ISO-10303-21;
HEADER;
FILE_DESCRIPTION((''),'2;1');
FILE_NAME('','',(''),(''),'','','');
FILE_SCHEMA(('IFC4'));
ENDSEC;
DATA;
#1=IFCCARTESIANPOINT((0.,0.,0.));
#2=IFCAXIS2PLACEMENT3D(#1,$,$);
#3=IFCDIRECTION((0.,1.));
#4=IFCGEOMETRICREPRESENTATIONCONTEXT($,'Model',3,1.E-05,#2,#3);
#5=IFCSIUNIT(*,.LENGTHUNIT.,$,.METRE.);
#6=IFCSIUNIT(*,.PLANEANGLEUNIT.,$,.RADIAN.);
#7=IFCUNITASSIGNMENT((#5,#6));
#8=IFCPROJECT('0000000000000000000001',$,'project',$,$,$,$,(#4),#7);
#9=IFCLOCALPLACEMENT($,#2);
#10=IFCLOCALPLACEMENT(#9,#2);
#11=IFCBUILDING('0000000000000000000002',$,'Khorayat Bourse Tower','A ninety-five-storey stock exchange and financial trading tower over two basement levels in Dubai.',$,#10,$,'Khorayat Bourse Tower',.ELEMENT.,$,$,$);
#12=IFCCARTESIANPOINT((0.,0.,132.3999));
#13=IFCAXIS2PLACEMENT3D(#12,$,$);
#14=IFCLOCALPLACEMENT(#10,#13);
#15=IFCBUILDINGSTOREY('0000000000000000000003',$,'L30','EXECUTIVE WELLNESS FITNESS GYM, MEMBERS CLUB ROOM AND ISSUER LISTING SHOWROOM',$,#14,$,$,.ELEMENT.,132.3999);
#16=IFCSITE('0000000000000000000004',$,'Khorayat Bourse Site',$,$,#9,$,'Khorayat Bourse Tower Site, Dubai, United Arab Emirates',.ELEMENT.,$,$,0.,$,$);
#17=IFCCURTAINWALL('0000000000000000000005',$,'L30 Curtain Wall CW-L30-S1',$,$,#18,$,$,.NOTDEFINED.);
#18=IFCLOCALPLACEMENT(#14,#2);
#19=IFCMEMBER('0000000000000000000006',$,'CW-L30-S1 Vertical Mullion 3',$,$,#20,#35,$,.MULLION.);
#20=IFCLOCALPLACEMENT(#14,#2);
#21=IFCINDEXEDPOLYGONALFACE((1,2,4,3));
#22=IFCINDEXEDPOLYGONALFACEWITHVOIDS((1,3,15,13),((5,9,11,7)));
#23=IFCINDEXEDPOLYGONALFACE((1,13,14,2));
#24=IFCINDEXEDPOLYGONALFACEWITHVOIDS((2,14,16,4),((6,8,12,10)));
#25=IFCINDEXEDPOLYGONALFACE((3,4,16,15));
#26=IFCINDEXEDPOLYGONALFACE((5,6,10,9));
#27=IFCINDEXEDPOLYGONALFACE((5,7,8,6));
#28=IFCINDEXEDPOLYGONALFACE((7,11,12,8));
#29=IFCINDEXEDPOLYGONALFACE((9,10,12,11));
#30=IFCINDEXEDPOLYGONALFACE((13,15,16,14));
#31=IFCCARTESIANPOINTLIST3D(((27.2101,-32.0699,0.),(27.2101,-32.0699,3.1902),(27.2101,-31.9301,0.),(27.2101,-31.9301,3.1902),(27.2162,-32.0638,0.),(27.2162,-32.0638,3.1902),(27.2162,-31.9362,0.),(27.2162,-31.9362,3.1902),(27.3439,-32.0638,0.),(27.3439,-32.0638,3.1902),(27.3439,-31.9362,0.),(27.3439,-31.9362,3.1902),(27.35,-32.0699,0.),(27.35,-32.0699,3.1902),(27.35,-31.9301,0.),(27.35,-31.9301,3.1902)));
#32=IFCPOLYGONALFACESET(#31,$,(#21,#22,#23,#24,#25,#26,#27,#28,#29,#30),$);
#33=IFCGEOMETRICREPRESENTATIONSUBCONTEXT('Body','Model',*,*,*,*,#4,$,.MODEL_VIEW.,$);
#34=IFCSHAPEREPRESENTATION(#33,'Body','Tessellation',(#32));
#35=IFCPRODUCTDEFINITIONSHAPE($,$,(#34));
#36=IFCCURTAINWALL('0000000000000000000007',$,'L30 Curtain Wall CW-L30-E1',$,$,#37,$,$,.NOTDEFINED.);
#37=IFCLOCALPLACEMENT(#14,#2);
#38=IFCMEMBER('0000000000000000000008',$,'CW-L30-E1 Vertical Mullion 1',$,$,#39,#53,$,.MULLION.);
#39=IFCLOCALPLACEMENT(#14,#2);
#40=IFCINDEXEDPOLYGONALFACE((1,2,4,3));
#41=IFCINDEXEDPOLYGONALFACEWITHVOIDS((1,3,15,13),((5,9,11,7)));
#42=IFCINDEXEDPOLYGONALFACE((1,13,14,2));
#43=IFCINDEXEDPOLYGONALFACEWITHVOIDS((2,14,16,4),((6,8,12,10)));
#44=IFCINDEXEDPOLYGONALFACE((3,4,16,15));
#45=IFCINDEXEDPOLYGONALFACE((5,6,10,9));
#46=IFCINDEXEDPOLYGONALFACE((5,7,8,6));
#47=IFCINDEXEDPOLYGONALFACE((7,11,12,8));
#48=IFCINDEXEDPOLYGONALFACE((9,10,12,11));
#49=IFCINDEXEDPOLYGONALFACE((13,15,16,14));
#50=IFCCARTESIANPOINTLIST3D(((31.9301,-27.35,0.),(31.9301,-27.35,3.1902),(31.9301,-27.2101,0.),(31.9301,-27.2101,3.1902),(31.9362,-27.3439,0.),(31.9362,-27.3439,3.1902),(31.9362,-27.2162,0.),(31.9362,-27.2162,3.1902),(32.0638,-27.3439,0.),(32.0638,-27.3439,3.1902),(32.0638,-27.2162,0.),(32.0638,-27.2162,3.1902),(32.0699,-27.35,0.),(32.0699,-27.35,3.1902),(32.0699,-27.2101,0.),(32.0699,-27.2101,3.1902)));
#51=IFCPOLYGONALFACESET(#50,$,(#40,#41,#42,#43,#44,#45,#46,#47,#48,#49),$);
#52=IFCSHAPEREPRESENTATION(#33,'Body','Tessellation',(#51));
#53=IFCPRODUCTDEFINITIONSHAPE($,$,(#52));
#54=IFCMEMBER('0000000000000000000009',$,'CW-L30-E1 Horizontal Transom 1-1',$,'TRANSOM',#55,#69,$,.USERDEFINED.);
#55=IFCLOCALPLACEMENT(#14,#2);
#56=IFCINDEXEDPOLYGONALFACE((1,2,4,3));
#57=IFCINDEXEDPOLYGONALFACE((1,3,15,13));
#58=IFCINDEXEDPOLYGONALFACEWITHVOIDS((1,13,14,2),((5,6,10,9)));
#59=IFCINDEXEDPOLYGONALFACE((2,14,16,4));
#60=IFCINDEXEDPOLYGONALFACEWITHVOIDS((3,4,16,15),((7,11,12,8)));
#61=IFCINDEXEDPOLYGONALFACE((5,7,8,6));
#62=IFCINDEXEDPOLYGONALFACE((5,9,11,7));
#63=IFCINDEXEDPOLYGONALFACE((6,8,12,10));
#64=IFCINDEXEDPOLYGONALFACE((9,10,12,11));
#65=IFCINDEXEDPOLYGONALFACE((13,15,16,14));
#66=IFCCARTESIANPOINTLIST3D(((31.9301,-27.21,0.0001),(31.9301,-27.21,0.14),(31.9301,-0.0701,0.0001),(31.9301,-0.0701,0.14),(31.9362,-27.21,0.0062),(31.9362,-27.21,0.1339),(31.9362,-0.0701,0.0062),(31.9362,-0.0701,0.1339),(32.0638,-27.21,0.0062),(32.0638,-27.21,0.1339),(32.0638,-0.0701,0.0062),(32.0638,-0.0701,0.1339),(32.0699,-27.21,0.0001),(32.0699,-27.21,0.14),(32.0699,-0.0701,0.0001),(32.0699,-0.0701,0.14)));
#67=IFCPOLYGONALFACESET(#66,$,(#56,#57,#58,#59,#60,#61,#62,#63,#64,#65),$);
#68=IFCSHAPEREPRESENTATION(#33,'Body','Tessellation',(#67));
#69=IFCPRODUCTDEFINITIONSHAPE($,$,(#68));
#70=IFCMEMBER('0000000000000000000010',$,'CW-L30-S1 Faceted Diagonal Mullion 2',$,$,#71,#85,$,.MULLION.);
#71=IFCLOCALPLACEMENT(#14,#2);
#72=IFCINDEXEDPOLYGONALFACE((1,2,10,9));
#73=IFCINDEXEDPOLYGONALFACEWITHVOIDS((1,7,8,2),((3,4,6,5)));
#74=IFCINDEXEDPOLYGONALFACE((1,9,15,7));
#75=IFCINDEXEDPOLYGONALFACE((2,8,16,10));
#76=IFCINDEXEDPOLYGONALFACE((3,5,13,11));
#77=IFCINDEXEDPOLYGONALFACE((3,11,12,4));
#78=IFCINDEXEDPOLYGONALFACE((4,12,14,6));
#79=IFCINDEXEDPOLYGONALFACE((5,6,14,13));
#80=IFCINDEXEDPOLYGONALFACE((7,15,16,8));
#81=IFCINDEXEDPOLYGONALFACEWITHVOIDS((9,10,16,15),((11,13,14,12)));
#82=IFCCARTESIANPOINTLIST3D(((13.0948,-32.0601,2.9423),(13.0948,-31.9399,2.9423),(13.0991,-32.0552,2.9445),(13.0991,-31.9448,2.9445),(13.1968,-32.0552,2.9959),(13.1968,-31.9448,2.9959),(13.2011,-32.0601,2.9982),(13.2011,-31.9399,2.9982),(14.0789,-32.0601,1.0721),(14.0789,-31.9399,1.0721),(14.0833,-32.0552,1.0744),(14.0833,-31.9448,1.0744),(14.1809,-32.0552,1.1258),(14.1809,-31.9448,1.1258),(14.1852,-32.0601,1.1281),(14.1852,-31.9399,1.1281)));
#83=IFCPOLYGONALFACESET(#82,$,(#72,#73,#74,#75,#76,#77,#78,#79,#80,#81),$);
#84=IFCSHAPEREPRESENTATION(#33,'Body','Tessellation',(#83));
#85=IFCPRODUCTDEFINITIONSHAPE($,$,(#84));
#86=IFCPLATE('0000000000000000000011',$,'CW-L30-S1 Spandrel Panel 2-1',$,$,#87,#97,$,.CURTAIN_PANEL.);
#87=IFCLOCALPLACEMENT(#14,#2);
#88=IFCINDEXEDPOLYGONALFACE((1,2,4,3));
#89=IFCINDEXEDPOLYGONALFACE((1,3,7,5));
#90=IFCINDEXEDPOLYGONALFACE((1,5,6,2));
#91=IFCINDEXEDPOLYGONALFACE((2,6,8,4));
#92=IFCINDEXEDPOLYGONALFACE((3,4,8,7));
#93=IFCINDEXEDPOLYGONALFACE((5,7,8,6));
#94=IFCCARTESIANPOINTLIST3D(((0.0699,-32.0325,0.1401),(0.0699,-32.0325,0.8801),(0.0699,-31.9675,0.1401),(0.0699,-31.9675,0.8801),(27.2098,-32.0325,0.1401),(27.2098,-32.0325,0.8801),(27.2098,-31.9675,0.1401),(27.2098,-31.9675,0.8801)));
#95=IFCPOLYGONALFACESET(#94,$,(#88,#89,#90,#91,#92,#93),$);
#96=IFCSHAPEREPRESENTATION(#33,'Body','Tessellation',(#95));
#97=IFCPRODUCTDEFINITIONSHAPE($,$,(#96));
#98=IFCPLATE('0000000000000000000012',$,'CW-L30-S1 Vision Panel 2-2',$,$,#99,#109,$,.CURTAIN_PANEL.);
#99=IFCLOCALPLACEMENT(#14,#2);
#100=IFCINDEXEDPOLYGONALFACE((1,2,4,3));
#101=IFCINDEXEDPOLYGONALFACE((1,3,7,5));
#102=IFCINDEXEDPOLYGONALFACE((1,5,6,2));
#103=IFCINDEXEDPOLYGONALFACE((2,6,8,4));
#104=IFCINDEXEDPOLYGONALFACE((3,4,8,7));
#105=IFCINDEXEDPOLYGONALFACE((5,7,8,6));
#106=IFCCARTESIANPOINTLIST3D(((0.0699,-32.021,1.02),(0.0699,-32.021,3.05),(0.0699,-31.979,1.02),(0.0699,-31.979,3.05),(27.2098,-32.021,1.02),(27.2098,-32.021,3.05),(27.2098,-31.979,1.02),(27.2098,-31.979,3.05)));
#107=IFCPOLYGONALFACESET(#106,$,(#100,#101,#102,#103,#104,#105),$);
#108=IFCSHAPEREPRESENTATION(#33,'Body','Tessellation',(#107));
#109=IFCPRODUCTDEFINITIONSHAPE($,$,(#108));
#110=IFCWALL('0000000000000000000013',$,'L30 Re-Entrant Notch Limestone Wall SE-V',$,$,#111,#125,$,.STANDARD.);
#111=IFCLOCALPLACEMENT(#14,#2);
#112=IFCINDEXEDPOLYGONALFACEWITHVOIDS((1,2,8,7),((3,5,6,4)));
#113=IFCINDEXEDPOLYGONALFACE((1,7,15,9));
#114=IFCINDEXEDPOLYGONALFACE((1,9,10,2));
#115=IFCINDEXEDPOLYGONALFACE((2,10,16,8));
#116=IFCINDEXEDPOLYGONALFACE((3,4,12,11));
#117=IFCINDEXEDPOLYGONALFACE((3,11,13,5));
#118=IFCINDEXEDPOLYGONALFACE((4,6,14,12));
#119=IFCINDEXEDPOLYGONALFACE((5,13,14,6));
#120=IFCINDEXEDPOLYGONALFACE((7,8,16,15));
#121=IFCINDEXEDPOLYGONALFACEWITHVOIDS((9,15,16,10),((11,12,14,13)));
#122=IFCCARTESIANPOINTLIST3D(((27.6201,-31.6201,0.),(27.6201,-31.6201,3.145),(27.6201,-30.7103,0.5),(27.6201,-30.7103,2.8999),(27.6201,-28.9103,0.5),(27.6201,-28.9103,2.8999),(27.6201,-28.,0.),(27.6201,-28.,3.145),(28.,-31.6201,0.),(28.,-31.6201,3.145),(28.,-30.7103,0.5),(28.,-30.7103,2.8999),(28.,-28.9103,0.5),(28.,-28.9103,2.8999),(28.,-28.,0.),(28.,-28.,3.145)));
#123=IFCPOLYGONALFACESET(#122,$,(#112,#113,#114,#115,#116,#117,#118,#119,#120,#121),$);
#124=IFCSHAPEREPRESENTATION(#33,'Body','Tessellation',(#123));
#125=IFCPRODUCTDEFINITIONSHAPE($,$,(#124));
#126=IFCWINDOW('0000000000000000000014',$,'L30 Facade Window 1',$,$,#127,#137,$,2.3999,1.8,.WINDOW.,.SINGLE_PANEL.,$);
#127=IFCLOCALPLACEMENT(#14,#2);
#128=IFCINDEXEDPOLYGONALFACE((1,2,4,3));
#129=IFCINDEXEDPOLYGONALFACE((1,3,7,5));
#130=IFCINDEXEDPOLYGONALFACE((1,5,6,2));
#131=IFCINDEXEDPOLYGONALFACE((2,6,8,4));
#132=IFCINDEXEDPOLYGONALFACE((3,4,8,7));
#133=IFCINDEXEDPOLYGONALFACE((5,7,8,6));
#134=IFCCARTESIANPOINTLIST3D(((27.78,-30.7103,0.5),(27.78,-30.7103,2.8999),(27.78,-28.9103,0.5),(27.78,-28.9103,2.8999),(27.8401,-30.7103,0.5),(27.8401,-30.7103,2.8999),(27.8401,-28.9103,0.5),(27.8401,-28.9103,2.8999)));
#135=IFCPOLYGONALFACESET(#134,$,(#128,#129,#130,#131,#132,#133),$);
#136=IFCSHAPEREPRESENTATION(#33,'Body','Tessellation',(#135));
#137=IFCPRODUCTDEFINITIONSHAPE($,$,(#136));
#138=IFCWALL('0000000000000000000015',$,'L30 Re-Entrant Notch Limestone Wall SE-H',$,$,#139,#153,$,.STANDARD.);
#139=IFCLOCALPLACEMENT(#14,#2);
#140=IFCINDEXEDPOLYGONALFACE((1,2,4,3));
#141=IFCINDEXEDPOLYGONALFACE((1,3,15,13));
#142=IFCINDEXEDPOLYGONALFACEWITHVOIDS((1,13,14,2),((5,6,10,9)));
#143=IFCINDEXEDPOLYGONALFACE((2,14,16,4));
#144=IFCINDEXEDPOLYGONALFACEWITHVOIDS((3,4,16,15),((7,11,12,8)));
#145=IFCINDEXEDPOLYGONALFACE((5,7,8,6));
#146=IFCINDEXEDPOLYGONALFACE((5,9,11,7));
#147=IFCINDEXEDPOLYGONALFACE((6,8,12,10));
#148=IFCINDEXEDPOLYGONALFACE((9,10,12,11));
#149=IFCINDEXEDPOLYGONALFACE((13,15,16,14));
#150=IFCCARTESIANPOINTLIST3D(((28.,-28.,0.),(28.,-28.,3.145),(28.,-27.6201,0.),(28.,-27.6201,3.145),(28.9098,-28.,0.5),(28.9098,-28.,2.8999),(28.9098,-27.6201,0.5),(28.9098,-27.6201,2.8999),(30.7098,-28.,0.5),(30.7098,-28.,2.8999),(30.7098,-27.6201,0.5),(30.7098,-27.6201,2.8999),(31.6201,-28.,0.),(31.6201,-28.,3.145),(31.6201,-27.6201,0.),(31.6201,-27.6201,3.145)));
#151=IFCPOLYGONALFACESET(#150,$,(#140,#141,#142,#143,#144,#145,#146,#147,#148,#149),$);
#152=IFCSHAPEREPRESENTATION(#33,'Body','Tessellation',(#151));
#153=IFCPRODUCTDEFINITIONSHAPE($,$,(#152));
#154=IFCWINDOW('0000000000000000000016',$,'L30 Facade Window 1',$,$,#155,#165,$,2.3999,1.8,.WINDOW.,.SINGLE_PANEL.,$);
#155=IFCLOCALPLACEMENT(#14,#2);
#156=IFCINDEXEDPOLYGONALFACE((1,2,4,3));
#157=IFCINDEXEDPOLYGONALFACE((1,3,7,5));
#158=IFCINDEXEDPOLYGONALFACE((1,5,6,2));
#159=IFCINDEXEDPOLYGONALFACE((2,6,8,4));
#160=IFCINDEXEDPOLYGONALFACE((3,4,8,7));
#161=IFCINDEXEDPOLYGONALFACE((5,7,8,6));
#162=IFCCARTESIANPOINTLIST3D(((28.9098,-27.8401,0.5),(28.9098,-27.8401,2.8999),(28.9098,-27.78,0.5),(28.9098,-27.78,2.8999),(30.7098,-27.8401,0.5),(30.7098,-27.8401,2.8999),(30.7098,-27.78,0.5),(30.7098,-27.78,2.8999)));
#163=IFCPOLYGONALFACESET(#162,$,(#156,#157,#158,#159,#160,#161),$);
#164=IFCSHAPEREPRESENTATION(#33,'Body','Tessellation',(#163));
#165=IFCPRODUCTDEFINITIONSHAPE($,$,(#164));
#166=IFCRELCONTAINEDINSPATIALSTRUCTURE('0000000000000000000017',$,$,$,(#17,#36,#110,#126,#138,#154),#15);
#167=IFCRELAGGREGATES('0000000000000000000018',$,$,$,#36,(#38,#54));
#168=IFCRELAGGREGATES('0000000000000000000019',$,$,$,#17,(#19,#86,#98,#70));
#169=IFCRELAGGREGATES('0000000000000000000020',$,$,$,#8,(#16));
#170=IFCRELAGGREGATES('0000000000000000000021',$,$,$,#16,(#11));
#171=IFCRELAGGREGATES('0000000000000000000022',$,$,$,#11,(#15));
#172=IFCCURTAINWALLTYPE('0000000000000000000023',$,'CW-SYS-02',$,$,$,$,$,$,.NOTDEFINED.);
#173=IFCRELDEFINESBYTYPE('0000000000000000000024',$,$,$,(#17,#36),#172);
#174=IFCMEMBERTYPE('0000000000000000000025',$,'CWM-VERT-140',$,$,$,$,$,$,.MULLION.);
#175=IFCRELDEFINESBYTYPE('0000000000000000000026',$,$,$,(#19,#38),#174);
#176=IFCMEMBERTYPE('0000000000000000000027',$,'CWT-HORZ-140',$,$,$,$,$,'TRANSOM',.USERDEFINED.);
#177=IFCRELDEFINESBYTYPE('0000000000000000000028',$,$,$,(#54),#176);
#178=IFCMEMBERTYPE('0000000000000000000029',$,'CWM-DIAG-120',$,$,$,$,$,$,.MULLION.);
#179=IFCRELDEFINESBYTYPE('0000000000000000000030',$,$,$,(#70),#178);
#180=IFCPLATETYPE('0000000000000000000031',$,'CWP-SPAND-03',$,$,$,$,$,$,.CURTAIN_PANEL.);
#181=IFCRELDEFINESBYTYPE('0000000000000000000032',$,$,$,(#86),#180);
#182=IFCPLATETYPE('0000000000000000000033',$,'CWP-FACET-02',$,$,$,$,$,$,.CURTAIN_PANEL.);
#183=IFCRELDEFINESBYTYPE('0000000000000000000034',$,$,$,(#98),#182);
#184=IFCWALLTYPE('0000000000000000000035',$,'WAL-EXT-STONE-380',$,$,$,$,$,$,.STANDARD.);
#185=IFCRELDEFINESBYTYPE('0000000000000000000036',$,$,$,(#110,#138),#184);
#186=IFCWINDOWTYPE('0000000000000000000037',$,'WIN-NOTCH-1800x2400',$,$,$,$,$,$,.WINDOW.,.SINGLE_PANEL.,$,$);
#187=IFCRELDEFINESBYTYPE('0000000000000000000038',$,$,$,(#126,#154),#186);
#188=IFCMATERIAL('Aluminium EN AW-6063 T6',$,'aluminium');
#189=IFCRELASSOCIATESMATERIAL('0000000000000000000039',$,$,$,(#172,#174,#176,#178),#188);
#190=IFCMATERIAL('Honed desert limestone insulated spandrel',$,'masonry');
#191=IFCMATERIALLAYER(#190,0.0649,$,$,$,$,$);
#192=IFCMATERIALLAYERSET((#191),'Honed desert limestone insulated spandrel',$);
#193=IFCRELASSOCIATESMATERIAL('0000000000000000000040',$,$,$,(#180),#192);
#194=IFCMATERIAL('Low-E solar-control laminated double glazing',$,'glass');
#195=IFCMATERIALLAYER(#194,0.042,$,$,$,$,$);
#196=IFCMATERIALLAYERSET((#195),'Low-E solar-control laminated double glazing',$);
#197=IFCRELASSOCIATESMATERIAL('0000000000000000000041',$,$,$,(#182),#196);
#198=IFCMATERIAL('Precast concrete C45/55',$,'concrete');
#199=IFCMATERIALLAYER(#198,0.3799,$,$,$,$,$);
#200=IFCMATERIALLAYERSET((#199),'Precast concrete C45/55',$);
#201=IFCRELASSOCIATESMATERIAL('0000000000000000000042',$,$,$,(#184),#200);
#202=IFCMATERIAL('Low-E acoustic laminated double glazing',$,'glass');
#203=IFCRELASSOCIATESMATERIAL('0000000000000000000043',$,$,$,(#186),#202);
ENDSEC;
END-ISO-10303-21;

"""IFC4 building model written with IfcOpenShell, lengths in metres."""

from ifc_helpers import new_model, si_unit, direction, frame, frame_2d, origin, origin_2d, place, context, subcontext, project, spatial, rectangle, hollow_rectangle, extrude, source, transform, mapped, material, layer, layer_set, material_profile, profile_set, type_object, element, fill, aggregate, save


model = new_model("IFC4")

# Units and contexts
model_context = context("Model", 3, precision=1e-05, world=origin(), true_north=direction((0.0, 1.0)))
body_context = subcontext(model_context, "Body", "Model", "MODEL_VIEW")
ifc_project = project(units=[si_unit("LENGTHUNIT", "METRE"), si_unit("PLANEANGLEUNIT", "RADIAN")], contexts=[model_context])

# Site, building, storey
site_placement = place(None, origin())
site = spatial("IfcSite", under=ifc_project, at=site_placement, Name="Khorayat Bourse Site", LongName="Khorayat Bourse Tower Site, Dubai, United Arab Emirates", CompositionType="ELEMENT", RefElevation=0.0)
building_placement = place(site_placement, origin())
building = spatial("IfcBuilding", under=site, at=building_placement, Name="Khorayat Bourse Tower", Description="A ninety-five-storey stock exchange and financial trading tower over two basement levels in Dubai.", LongName="Khorayat Bourse Tower", CompositionType="ELEMENT")
storey_placement = place(building_placement, frame((0.0, 0.0, 132.3999)))
storey = spatial("IfcBuildingStorey", under=building, at=storey_placement, Name="L30", Description="EXECUTIVE WELLNESS FITNESS GYM, MEMBERS CLUB ROOM AND ISSUER LISTING SHOWROOM", CompositionType="ELEMENT", Elevation=132.3999)

# Curtain wall, member
ifc_material_1 = material(Name="Aluminium EN AW-6063 T6", Category="aluminium")
curtain_wall_type = type_object("IfcCurtainWallType", Name="CW-SYS-02", PredefinedType="NOTDEFINED", material=ifc_material_1)
curtain_wall_1_placement = place(storey_placement, origin())
curtain_wall_1 = element("IfcCurtainWall", 1, at=curtain_wall_1_placement, inside=storey, type_object=curtain_wall_type, Name="L30 Curtain Wall CW-L30-S1", PredefinedType="NOTDEFINED")
ifc_material_profile_1 = material_profile(ifc_material_1, hollow_rectangle(XDim=0.1399, YDim=0.1399, WallThickness=0.0061, at=origin_2d()), Name="ALU 140x140x6")
ifc_profile_set_1 = profile_set([ifc_material_profile_1], Name="Aluminium EN AW-6063 T6")
member_type_1 = type_object("IfcMemberType", Name="CWM-VERT-140", PredefinedType="MULLION", material=ifc_profile_set_1)
shared_shape_1 = source(origin(), body_context, "Body", "SweptSolid", [
    extrude(hollow_rectangle(XDim=0.1399, YDim=0.1399, WallThickness=0.0061, at=origin_2d()), origin(), (0.0, 0.0, 1.0), 3.1902),
])
member_1_placement = place(storey_placement, frame((27.28, -32.0, 0.0), z_axis=(0.0, 0.0, 1.0), x_axis=(0.0, 1.0, 0.0)))
member_1 = element("IfcMember", 2, at=member_1_placement, type_object=member_type_1, Name="CW-L30-S1 Vertical Mullion 3", PredefinedType="MULLION", context=body_context, shape_type="MappedRepresentation", body=[
    mapped(shared_shape_1, transform((0.0, 0.0, 0.0), scale=1.0)),
])

# Curtain wall, members
curtain_wall_2_placement = place(storey_placement, origin())
curtain_wall_2 = element("IfcCurtainWall", 3, at=curtain_wall_2_placement, inside=storey, type_object=curtain_wall_type, Name="L30 Curtain Wall CW-L30-E1", PredefinedType="NOTDEFINED")
member_2_placement = place(storey_placement, frame((32.0, -27.28, 0.0), z_axis=(0.0, 0.0, 1.0), x_axis=(-1.0, 0.0, 0.0)))
member_2 = element("IfcMember", 4, at=member_2_placement, type_object=member_type_1, Name="CW-L30-E1 Vertical Mullion 1", PredefinedType="MULLION", context=body_context, shape_type="MappedRepresentation", body=[
    mapped(shared_shape_1, transform((0.0, 0.0, 0.0), scale=1.0)),
])
ifc_material_profile_2 = material_profile(ifc_material_1, hollow_rectangle(XDim=0.1399, YDim=0.1399, WallThickness=0.0061, at=origin_2d()), Name="ALU 140x140x6")
ifc_profile_set_2 = profile_set([ifc_material_profile_2], Name="Aluminium EN AW-6063 T6")
member_type_2 = type_object("IfcMemberType", Name="CWT-HORZ-140", ElementType="TRANSOM", PredefinedType="USERDEFINED", material=ifc_profile_set_2)
shared_shape_2 = source(origin(), body_context, "Body", "SweptSolid", [
    extrude(hollow_rectangle(XDim=0.1399, YDim=0.1399, WallThickness=0.0061, at=origin_2d()), origin(), (0.0, 0.0, 1.0), 27.1399),
])
member_3_placement = place(storey_placement, frame((32.0, -27.21, 0.0701), z_axis=(0.0, 1.0, 0.0), x_axis=(-1.0, 0.0, 0.0)))
member_3 = element("IfcMember", 5, at=member_3_placement, type_object=member_type_2, Name="CW-L30-E1 Horizontal Transom 1-1", ObjectType="TRANSOM", PredefinedType="USERDEFINED", context=body_context, shape_type="MappedRepresentation", body=[
    mapped(shared_shape_2, transform((0.0, 0.0, 0.0), scale=1.0)),
])
aggregate(curtain_wall_2, [member_2, member_3])

# Member
ifc_material_profile_3 = material_profile(ifc_material_1, hollow_rectangle(XDim=0.1201, YDim=0.1201, WallThickness=0.0049, at=origin_2d()), Name="ALU 120x120x5")
ifc_profile_set_3 = profile_set([ifc_material_profile_3], Name="Aluminium EN AW-6063 T6")
member_type_3 = type_object("IfcMemberType", Name="CWM-DIAG-120", PredefinedType="MULLION", material=ifc_profile_set_3)
shared_shape_3 = source(origin(), body_context, "Body", "SweptSolid", [
    extrude(hollow_rectangle(XDim=0.1201, YDim=0.1201, WallThickness=0.0049, at=origin_2d()), origin(), (0.0, 0.0, 1.0), 2.1133),
])
member_4_placement = place(storey_placement, frame((14.1321, -32.0, 1.1001), z_axis=(-0.465694, 0.0, 0.884946), x_axis=(0.0, -1.0, 0.0)))
member_4 = element("IfcMember", 6, at=member_4_placement, type_object=member_type_3, Name="CW-L30-S1 Faceted Diagonal Mullion 2", PredefinedType="MULLION", context=body_context, shape_type="MappedRepresentation", body=[
    mapped(shared_shape_3, transform((0.0, 0.0, 0.0), scale=1.0)),
])

# Plates
ifc_material_2 = material(Name="Honed desert limestone insulated spandrel", Category="masonry")
ifc_layer_1 = layer(ifc_material_2, 0.0649)
ifc_layer_set_1 = layer_set([ifc_layer_1], Name="Honed desert limestone insulated spandrel")
plate_type_1 = type_object("IfcPlateType", Name="CWP-SPAND-03", PredefinedType="CURTAIN_PANEL", material=ifc_layer_set_1)
shared_shape_4 = source(origin(), body_context, "Body", "SweptSolid", [
    extrude(rectangle(XDim=27.1399, YDim=0.0649, at=origin_2d()), origin(), (0.0, 0.0, 1.0), 0.74),
])
plate_1_placement = place(storey_placement, frame((13.6399, -32.0, 0.1401), z_axis=(0.0, 0.0, 1.0), x_axis=(1.0, 0.0, 0.0)))
plate_1 = element("IfcPlate", 7, at=plate_1_placement, type_object=plate_type_1, Name="CW-L30-S1 Spandrel Panel 2-1", PredefinedType="CURTAIN_PANEL", context=body_context, shape_type="MappedRepresentation", body=[
    mapped(shared_shape_4, transform((0.0, 0.0, 0.0), scale=1.0)),
])
ifc_material_3 = material(Name="Low-E solar-control laminated double glazing", Category="glass")
ifc_layer_2 = layer(ifc_material_3, 0.042)
ifc_layer_set_2 = layer_set([ifc_layer_2], Name="Low-E solar-control laminated double glazing")
plate_type_2 = type_object("IfcPlateType", Name="CWP-FACET-02", PredefinedType="CURTAIN_PANEL", material=ifc_layer_set_2)
shared_shape_5 = source(origin(), body_context, "Body", "SweptSolid", [
    extrude(rectangle(XDim=27.1399, YDim=0.042, at=origin_2d()), origin(), (0.0, 0.0, 1.0), 2.03),
])
plate_2_placement = place(storey_placement, frame((13.6399, -32.0, 1.02), z_axis=(0.0, 0.0, 1.0), x_axis=(1.0, 0.0, 0.0)))
plate_2 = element("IfcPlate", 8, at=plate_2_placement, type_object=plate_type_2, Name="CW-L30-S1 Vision Panel 2-2", PredefinedType="CURTAIN_PANEL", context=body_context, shape_type="MappedRepresentation", body=[
    mapped(shared_shape_5, transform((0.0, 0.0, 0.0), scale=1.0)),
])
aggregate(curtain_wall_1, [member_1, plate_1, plate_2, member_4])

# Walls, openings, windows
ifc_material_4 = material(Name="Precast concrete C45/55", Category="concrete")
ifc_layer_3 = layer(ifc_material_4, 0.3799)
ifc_layer_set_3 = layer_set([ifc_layer_3], Name="Precast concrete C45/55")
wall_type_1 = type_object("IfcWallType", Name="WAL-EXT-STONE-380", PredefinedType="STANDARD", material=ifc_layer_set_3)
shared_shape_6 = source(origin(), body_context, "Body", "SweptSolid", [
    extrude(rectangle(XDim=3.6201, YDim=0.3799, at=frame_2d((1.8101, 0.0))), origin(), (0.0, 0.0, 1.0), 3.145),
])
wall_1_placement = place(storey_placement, frame((27.8101, -31.6201, 0.0), z_axis=(0.0, 0.0, 1.0), x_axis=(0.0, 1.0, 0.0)))
wall_1 = element("IfcWall", 9, at=wall_1_placement, inside=storey, type_object=wall_type_1, Name="L30 Re-Entrant Notch Limestone Wall SE-V", PredefinedType="STANDARD", context=body_context, shape_type="MappedRepresentation", body=[
    mapped(shared_shape_6, transform((0.0, 0.0, 0.0), scale=1.0)),
])
shared_shape_7 = source(origin(), body_context, "Body", "SweptSolid", [
    extrude(rectangle(XDim=1.8, YDim=2.3999, at=frame_2d((0.8999, 1.2))), frame((0.0, 0.2, 0.0), z_axis=(0.0, -1.0, 0.0), x_axis=(1.0, 0.0, 0.0)), (0.0, 0.0, 1.0), 0.3999),
])
opening_1_placement = place(wall_1_placement, frame((0.9099, 0.0, 0.5)))
opening_1 = element("IfcOpeningElement", 10, at=opening_1_placement, cuts=wall_1, PredefinedType="OPENING", context=body_context, shape_type="MappedRepresentation", body=[
    mapped(shared_shape_7, transform((0.0, 0.0, 0.0), scale=1.0)),
])
ifc_material_5 = material(Name="Low-E acoustic laminated double glazing", Category="glass")
window_type = type_object("IfcWindowType", Name="WIN-NOTCH-1800x2400", PartitioningType="SINGLE_PANEL", PredefinedType="WINDOW", material=ifc_material_5)
shared_shape_8 = source(origin(), body_context, "Body", "SweptSolid", [
    extrude(rectangle(XDim=1.8, YDim=2.3999, at=frame_2d((0.8999, 1.2))), frame((0.0, 0.03, 0.0), z_axis=(0.0, -1.0, 0.0), x_axis=(1.0, 0.0, 0.0)), (0.0, 0.0, 1.0), 0.0601),
])
window_1_placement = place(opening_1_placement, origin())
window_1 = element("IfcWindow", 11, at=window_1_placement, inside=storey, type_object=window_type, Name="L30 Facade Window 1", OverallHeight=2.3999, OverallWidth=1.8, PartitioningType="SINGLE_PANEL", PredefinedType="WINDOW", context=body_context, shape_type="MappedRepresentation", body=[
    mapped(shared_shape_8, transform((0.0, 0.0, 0.0), scale=1.0)),
])
fill(opening_1, window_1)
wall_2_placement = place(storey_placement, frame((28.0, -27.8101, 0.0), z_axis=(0.0, 0.0, 1.0), x_axis=(1.0, 0.0, 0.0)))
wall_2 = element("IfcWall", 12, at=wall_2_placement, inside=storey, type_object=wall_type_1, Name="L30 Re-Entrant Notch Limestone Wall SE-H", PredefinedType="STANDARD", context=body_context, shape_type="MappedRepresentation", body=[
    mapped(shared_shape_6, transform((0.0, 0.0, 0.0), scale=1.0)),
])
opening_2_placement = place(wall_2_placement, frame((0.9099, 0.0, 0.5)))
opening_2 = element("IfcOpeningElement", 13, at=opening_2_placement, cuts=wall_2, PredefinedType="OPENING", context=body_context, shape_type="MappedRepresentation", body=[
    mapped(shared_shape_7, transform((0.0, 0.0, 0.0), scale=1.0)),
])
window_2_placement = place(opening_2_placement, origin())
window_2 = element("IfcWindow", 14, at=window_2_placement, inside=storey, type_object=window_type, Name="L30 Facade Window 1", OverallHeight=2.3999, OverallWidth=1.8, PartitioningType="SINGLE_PANEL", PredefinedType="WINDOW", context=body_context, shape_type="MappedRepresentation", body=[
    mapped(shared_shape_8, transform((0.0, 0.0, 0.0), scale=1.0)),
])
fill(opening_2, window_2)

save(model, "model.ifc")
